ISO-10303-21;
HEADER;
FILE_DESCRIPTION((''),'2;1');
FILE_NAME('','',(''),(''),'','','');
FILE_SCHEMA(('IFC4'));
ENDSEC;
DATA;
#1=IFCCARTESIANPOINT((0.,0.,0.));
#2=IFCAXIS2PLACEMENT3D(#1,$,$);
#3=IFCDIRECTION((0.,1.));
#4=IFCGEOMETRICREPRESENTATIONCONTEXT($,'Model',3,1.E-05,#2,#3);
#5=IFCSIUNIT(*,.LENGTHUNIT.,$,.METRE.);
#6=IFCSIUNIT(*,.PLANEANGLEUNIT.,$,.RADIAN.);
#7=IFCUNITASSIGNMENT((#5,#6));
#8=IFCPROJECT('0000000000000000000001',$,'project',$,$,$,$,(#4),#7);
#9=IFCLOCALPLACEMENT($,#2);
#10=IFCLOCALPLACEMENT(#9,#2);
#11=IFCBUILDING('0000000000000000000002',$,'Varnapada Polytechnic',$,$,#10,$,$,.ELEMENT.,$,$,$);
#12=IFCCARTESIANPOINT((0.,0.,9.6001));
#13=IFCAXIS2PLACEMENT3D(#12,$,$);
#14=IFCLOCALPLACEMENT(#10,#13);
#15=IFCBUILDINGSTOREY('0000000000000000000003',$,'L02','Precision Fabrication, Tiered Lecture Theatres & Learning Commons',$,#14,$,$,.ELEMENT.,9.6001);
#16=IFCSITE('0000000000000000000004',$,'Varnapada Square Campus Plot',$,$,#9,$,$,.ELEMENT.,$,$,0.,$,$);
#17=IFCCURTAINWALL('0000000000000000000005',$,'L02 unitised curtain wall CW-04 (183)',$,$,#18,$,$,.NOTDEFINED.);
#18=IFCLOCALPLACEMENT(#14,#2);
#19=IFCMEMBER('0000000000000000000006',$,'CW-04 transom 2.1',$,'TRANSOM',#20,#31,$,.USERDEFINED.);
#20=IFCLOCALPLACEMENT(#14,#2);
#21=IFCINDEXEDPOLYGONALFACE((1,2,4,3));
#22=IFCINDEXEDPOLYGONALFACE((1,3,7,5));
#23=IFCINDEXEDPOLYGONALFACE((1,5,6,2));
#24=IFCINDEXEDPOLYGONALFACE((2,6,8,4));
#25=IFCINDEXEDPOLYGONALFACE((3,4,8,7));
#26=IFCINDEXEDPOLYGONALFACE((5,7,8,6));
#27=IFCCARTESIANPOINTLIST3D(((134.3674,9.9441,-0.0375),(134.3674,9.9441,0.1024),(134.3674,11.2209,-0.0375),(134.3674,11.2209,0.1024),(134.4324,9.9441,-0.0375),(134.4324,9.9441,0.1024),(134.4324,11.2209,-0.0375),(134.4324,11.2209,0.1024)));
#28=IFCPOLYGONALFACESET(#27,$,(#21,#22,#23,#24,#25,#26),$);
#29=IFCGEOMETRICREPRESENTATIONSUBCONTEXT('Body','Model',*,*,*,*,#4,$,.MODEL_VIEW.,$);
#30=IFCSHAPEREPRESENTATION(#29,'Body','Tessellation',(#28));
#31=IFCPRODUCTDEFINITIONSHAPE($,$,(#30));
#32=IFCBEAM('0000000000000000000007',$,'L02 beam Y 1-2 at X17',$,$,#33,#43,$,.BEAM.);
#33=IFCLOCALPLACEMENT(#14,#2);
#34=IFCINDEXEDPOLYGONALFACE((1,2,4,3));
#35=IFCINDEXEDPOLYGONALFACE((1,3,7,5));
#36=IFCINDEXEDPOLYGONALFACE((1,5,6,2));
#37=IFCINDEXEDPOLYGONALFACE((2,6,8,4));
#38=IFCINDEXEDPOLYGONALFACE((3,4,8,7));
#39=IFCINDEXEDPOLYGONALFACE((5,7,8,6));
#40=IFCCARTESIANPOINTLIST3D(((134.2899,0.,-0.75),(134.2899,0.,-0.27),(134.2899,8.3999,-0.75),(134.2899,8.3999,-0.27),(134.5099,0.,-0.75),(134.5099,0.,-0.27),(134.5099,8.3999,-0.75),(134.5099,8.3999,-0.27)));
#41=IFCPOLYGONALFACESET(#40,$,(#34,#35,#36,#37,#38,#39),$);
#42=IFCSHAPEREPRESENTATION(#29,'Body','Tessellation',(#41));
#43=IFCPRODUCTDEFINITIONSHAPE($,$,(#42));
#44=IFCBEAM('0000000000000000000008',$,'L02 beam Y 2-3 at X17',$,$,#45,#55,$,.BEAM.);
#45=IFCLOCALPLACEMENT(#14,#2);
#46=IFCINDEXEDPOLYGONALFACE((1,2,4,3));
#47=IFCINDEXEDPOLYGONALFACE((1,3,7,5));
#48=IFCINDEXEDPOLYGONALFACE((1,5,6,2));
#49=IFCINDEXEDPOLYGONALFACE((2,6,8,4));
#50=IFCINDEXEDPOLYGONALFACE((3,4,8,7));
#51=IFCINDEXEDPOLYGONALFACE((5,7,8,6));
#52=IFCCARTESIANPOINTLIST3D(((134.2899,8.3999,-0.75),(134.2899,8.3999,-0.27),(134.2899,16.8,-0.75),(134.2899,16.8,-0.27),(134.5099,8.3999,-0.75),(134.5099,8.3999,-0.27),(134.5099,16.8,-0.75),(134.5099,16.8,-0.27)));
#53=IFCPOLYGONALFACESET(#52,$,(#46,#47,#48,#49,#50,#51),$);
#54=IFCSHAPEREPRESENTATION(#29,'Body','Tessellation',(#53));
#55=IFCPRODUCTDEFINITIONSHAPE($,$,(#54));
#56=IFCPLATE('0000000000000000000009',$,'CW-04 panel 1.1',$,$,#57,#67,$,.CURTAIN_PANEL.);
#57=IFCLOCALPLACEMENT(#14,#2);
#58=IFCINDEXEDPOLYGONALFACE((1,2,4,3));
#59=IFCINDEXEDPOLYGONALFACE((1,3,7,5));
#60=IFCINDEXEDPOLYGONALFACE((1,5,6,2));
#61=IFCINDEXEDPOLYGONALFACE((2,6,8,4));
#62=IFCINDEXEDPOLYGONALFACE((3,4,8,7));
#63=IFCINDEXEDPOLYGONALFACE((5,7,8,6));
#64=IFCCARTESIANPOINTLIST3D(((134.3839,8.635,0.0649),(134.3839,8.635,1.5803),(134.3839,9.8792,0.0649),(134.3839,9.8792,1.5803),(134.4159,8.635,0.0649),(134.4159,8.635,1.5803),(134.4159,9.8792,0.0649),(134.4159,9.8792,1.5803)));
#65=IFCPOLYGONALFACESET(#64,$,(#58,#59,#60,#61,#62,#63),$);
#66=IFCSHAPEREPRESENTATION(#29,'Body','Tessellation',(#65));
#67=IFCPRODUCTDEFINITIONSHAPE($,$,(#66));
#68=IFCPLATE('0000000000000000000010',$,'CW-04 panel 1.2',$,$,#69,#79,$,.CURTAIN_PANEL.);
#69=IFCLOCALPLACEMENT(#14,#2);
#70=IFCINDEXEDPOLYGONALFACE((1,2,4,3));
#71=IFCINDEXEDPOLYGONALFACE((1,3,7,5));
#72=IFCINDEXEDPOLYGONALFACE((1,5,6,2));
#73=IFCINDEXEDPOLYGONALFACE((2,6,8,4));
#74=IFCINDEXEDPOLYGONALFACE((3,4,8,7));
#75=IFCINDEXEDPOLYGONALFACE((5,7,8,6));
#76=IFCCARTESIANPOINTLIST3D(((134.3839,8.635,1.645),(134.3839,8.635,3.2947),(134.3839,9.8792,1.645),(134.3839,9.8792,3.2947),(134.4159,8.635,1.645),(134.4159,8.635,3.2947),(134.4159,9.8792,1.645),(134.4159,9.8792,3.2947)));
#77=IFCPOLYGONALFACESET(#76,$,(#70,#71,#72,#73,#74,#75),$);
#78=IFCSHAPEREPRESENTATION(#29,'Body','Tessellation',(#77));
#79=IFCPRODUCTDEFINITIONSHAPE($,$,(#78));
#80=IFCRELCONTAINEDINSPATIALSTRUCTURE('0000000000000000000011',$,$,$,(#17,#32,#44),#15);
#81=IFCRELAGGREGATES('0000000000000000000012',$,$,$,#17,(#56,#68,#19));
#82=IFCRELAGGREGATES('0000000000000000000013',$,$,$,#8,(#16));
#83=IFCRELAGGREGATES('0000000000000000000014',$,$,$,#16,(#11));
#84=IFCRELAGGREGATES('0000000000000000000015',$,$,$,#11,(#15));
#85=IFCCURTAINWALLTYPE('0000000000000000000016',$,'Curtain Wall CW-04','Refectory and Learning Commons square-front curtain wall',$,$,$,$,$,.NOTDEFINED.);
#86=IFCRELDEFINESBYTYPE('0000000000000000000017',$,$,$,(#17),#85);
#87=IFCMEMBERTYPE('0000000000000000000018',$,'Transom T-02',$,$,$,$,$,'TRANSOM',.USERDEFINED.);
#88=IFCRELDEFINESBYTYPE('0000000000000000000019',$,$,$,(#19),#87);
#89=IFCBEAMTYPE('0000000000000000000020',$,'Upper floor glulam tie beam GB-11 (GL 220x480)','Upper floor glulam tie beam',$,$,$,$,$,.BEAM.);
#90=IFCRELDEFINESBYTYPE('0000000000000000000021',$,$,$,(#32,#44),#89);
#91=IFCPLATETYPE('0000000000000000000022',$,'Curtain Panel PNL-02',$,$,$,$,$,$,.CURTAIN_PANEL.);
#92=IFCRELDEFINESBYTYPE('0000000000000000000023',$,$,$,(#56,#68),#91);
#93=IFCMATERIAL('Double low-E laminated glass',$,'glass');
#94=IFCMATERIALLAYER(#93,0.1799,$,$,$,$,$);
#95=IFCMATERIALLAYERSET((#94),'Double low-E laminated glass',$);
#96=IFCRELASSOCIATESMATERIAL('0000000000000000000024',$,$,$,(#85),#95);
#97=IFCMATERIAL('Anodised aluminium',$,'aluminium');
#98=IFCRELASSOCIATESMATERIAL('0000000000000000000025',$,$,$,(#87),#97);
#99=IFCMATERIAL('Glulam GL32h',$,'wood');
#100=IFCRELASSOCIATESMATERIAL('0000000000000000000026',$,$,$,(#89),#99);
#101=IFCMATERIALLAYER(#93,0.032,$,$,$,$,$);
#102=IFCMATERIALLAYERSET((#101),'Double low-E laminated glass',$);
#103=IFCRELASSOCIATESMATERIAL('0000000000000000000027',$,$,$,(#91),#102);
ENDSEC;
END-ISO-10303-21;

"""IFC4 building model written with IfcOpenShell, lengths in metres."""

from ifc_helpers import new_model, si_unit, direction, frame, origin, origin_2d, place, context, subcontext, project, spatial, rectangle, extrude, material, layer, layer_set, material_profile, profile_set, type_object, element, aggregate, save


model = new_model("IFC4")

# Units and contexts
model_context = context("Model", 3, precision=1e-05, world=origin(), true_north=direction((0.0, 1.0)))
body_context = subcontext(model_context, "Body", "Model", "MODEL_VIEW")
ifc_project = project(units=[si_unit("LENGTHUNIT", "METRE"), si_unit("PLANEANGLEUNIT", "RADIAN")], contexts=[model_context])

# Site, building, storey
site_placement = place(None, origin())
site = spatial("IfcSite", under=ifc_project, at=site_placement, Name="Varnapada Square Campus Plot", CompositionType="ELEMENT", RefElevation=0.0)
building_placement = place(site_placement, origin())
building = spatial("IfcBuilding", under=site, at=building_placement, Name="Varnapada Polytechnic", CompositionType="ELEMENT")
storey_placement = place(building_placement, frame((0.0, 0.0, 9.6001)))
storey = spatial("IfcBuildingStorey", under=building, at=storey_placement, Name="L02", Description="Precision Fabrication, Tiered Lecture Theatres & Learning Commons", CompositionType="ELEMENT", Elevation=9.6001)

# Shared definitions
ifc_material_1 = material(Name="Glulam GL32h", Category="wood")

# Curtain wall
ifc_material_2 = material(Name="Double low-E laminated glass", Category="glass")
ifc_layer_1 = layer(ifc_material_2, 0.1799)
ifc_layer_set_1 = layer_set([ifc_layer_1], Name="Double low-E laminated glass")
curtain_wall_type = type_object("IfcCurtainWallType", Name="Curtain Wall CW-04", Description="Refectory and Learning Commons square-front curtain wall", PredefinedType="NOTDEFINED", material=ifc_layer_set_1)
curtain_wall_placement = place(storey_placement, origin())
curtain_wall = element("IfcCurtainWall", 1, at=curtain_wall_placement, inside=storey, type_object=curtain_wall_type, Name="L02 unitised curtain wall CW-04 (183)", PredefinedType="NOTDEFINED")
ifc_material_3 = material(Name="Anodised aluminium", Category="aluminium")

# Member
ifc_material_profile_1 = material_profile(ifc_material_3, rectangle(XDim=0.0649, YDim=0.1399, at=origin_2d()), Name="ALU T65x140")
ifc_profile_set_1 = profile_set([ifc_material_profile_1], Name="Anodised aluminium")
member_type_1 = type_object("IfcMemberType", Name="Transom T-02", ElementType="TRANSOM", PredefinedType="USERDEFINED", material=ifc_profile_set_1)
member_1_placement = place(storey_placement, frame((134.3999, 9.9441, 0.0325), z_axis=(0.0, 1.0, 0.0), x_axis=(-1.0, 0.0, 0.0)))
member_1 = element("IfcMember", 2, at=member_1_placement, type_object=member_type_1, Name="CW-04 transom 2.1", ObjectType="TRANSOM", PredefinedType="USERDEFINED", context=body_context, shape_type="SweptSolid", body=[
    extrude(rectangle(XDim=0.0649, YDim=0.1399, at=origin_2d()), origin(), (0.0, 0.0, 1.0), 1.2769),
])

# Beams
ifc_material_profile_2 = material_profile(ifc_material_1, rectangle(XDim=0.22, YDim=0.48, at=origin_2d()), Name="GL 220x480")
ifc_profile_set_2 = profile_set([ifc_material_profile_2], Name="Glulam GL32h")
beam_type_1 = type_object("IfcBeamType", Name="Upper floor glulam tie beam GB-11 (GL 220x480)", Description="Upper floor glulam tie beam", PredefinedType="BEAM", material=ifc_profile_set_2)
beam_1_placement = place(storey_placement, frame((134.3999, 0.0, -0.51), z_axis=(0.0, 1.0, 0.0), x_axis=(-1.0, 0.0, 0.0)))
element("IfcBeam", 3, at=beam_1_placement, inside=storey, type_object=beam_type_1, Name="L02 beam Y 1-2 at X17", PredefinedType="BEAM", context=body_context, shape_type="SweptSolid", body=[
    extrude(rectangle(XDim=0.22, YDim=0.48, at=origin_2d()), origin(), (0.0, 0.0, 1.0), 8.3999),
])
beam_2_placement = place(storey_placement, frame((134.3999, 8.3999, -0.51), z_axis=(0.0, 1.0, 0.0), x_axis=(-1.0, 0.0, 0.0)))
element("IfcBeam", 4, at=beam_2_placement, inside=storey, type_object=beam_type_1, Name="L02 beam Y 2-3 at X17", PredefinedType="BEAM", context=body_context, shape_type="SweptSolid", body=[
    extrude(rectangle(XDim=0.22, YDim=0.48, at=origin_2d()), origin(), (0.0, 0.0, 1.0), 8.4001),
])

# Plates
ifc_layer_2 = layer(ifc_material_2, 0.032)
ifc_layer_set_2 = layer_set([ifc_layer_2], Name="Double low-E laminated glass")
plate_type = type_object("IfcPlateType", Name="Curtain Panel PNL-02", PredefinedType="CURTAIN_PANEL", material=ifc_layer_set_2)
plate_1_placement = place(storey_placement, frame((134.3999, 9.2571, 0.0649), z_axis=(0.0, 0.0, 1.0), x_axis=(0.0, 1.0, 0.0)))
plate_1 = element("IfcPlate", 5, at=plate_1_placement, type_object=plate_type, Name="CW-04 panel 1.1", PredefinedType="CURTAIN_PANEL", context=body_context, shape_type="SweptSolid", body=[
    extrude(rectangle(XDim=1.2441, YDim=0.032, at=origin_2d()), origin(), (0.0, 0.0, 1.0), 1.5154),
])
plate_2_placement = place(storey_placement, frame((134.3999, 9.2571, 1.645), z_axis=(0.0, 0.0, 1.0), x_axis=(0.0, 1.0, 0.0)))
plate_2 = element("IfcPlate", 6, at=plate_2_placement, type_object=plate_type, Name="CW-04 panel 1.2", PredefinedType="CURTAIN_PANEL", context=body_context, shape_type="SweptSolid", body=[
    extrude(rectangle(XDim=1.2441, YDim=0.032, at=origin_2d()), origin(), (0.0, 0.0, 1.0), 1.6497),
])
aggregate(curtain_wall, [plate_1, plate_2, member_1])

save(model, "model.ifc")
